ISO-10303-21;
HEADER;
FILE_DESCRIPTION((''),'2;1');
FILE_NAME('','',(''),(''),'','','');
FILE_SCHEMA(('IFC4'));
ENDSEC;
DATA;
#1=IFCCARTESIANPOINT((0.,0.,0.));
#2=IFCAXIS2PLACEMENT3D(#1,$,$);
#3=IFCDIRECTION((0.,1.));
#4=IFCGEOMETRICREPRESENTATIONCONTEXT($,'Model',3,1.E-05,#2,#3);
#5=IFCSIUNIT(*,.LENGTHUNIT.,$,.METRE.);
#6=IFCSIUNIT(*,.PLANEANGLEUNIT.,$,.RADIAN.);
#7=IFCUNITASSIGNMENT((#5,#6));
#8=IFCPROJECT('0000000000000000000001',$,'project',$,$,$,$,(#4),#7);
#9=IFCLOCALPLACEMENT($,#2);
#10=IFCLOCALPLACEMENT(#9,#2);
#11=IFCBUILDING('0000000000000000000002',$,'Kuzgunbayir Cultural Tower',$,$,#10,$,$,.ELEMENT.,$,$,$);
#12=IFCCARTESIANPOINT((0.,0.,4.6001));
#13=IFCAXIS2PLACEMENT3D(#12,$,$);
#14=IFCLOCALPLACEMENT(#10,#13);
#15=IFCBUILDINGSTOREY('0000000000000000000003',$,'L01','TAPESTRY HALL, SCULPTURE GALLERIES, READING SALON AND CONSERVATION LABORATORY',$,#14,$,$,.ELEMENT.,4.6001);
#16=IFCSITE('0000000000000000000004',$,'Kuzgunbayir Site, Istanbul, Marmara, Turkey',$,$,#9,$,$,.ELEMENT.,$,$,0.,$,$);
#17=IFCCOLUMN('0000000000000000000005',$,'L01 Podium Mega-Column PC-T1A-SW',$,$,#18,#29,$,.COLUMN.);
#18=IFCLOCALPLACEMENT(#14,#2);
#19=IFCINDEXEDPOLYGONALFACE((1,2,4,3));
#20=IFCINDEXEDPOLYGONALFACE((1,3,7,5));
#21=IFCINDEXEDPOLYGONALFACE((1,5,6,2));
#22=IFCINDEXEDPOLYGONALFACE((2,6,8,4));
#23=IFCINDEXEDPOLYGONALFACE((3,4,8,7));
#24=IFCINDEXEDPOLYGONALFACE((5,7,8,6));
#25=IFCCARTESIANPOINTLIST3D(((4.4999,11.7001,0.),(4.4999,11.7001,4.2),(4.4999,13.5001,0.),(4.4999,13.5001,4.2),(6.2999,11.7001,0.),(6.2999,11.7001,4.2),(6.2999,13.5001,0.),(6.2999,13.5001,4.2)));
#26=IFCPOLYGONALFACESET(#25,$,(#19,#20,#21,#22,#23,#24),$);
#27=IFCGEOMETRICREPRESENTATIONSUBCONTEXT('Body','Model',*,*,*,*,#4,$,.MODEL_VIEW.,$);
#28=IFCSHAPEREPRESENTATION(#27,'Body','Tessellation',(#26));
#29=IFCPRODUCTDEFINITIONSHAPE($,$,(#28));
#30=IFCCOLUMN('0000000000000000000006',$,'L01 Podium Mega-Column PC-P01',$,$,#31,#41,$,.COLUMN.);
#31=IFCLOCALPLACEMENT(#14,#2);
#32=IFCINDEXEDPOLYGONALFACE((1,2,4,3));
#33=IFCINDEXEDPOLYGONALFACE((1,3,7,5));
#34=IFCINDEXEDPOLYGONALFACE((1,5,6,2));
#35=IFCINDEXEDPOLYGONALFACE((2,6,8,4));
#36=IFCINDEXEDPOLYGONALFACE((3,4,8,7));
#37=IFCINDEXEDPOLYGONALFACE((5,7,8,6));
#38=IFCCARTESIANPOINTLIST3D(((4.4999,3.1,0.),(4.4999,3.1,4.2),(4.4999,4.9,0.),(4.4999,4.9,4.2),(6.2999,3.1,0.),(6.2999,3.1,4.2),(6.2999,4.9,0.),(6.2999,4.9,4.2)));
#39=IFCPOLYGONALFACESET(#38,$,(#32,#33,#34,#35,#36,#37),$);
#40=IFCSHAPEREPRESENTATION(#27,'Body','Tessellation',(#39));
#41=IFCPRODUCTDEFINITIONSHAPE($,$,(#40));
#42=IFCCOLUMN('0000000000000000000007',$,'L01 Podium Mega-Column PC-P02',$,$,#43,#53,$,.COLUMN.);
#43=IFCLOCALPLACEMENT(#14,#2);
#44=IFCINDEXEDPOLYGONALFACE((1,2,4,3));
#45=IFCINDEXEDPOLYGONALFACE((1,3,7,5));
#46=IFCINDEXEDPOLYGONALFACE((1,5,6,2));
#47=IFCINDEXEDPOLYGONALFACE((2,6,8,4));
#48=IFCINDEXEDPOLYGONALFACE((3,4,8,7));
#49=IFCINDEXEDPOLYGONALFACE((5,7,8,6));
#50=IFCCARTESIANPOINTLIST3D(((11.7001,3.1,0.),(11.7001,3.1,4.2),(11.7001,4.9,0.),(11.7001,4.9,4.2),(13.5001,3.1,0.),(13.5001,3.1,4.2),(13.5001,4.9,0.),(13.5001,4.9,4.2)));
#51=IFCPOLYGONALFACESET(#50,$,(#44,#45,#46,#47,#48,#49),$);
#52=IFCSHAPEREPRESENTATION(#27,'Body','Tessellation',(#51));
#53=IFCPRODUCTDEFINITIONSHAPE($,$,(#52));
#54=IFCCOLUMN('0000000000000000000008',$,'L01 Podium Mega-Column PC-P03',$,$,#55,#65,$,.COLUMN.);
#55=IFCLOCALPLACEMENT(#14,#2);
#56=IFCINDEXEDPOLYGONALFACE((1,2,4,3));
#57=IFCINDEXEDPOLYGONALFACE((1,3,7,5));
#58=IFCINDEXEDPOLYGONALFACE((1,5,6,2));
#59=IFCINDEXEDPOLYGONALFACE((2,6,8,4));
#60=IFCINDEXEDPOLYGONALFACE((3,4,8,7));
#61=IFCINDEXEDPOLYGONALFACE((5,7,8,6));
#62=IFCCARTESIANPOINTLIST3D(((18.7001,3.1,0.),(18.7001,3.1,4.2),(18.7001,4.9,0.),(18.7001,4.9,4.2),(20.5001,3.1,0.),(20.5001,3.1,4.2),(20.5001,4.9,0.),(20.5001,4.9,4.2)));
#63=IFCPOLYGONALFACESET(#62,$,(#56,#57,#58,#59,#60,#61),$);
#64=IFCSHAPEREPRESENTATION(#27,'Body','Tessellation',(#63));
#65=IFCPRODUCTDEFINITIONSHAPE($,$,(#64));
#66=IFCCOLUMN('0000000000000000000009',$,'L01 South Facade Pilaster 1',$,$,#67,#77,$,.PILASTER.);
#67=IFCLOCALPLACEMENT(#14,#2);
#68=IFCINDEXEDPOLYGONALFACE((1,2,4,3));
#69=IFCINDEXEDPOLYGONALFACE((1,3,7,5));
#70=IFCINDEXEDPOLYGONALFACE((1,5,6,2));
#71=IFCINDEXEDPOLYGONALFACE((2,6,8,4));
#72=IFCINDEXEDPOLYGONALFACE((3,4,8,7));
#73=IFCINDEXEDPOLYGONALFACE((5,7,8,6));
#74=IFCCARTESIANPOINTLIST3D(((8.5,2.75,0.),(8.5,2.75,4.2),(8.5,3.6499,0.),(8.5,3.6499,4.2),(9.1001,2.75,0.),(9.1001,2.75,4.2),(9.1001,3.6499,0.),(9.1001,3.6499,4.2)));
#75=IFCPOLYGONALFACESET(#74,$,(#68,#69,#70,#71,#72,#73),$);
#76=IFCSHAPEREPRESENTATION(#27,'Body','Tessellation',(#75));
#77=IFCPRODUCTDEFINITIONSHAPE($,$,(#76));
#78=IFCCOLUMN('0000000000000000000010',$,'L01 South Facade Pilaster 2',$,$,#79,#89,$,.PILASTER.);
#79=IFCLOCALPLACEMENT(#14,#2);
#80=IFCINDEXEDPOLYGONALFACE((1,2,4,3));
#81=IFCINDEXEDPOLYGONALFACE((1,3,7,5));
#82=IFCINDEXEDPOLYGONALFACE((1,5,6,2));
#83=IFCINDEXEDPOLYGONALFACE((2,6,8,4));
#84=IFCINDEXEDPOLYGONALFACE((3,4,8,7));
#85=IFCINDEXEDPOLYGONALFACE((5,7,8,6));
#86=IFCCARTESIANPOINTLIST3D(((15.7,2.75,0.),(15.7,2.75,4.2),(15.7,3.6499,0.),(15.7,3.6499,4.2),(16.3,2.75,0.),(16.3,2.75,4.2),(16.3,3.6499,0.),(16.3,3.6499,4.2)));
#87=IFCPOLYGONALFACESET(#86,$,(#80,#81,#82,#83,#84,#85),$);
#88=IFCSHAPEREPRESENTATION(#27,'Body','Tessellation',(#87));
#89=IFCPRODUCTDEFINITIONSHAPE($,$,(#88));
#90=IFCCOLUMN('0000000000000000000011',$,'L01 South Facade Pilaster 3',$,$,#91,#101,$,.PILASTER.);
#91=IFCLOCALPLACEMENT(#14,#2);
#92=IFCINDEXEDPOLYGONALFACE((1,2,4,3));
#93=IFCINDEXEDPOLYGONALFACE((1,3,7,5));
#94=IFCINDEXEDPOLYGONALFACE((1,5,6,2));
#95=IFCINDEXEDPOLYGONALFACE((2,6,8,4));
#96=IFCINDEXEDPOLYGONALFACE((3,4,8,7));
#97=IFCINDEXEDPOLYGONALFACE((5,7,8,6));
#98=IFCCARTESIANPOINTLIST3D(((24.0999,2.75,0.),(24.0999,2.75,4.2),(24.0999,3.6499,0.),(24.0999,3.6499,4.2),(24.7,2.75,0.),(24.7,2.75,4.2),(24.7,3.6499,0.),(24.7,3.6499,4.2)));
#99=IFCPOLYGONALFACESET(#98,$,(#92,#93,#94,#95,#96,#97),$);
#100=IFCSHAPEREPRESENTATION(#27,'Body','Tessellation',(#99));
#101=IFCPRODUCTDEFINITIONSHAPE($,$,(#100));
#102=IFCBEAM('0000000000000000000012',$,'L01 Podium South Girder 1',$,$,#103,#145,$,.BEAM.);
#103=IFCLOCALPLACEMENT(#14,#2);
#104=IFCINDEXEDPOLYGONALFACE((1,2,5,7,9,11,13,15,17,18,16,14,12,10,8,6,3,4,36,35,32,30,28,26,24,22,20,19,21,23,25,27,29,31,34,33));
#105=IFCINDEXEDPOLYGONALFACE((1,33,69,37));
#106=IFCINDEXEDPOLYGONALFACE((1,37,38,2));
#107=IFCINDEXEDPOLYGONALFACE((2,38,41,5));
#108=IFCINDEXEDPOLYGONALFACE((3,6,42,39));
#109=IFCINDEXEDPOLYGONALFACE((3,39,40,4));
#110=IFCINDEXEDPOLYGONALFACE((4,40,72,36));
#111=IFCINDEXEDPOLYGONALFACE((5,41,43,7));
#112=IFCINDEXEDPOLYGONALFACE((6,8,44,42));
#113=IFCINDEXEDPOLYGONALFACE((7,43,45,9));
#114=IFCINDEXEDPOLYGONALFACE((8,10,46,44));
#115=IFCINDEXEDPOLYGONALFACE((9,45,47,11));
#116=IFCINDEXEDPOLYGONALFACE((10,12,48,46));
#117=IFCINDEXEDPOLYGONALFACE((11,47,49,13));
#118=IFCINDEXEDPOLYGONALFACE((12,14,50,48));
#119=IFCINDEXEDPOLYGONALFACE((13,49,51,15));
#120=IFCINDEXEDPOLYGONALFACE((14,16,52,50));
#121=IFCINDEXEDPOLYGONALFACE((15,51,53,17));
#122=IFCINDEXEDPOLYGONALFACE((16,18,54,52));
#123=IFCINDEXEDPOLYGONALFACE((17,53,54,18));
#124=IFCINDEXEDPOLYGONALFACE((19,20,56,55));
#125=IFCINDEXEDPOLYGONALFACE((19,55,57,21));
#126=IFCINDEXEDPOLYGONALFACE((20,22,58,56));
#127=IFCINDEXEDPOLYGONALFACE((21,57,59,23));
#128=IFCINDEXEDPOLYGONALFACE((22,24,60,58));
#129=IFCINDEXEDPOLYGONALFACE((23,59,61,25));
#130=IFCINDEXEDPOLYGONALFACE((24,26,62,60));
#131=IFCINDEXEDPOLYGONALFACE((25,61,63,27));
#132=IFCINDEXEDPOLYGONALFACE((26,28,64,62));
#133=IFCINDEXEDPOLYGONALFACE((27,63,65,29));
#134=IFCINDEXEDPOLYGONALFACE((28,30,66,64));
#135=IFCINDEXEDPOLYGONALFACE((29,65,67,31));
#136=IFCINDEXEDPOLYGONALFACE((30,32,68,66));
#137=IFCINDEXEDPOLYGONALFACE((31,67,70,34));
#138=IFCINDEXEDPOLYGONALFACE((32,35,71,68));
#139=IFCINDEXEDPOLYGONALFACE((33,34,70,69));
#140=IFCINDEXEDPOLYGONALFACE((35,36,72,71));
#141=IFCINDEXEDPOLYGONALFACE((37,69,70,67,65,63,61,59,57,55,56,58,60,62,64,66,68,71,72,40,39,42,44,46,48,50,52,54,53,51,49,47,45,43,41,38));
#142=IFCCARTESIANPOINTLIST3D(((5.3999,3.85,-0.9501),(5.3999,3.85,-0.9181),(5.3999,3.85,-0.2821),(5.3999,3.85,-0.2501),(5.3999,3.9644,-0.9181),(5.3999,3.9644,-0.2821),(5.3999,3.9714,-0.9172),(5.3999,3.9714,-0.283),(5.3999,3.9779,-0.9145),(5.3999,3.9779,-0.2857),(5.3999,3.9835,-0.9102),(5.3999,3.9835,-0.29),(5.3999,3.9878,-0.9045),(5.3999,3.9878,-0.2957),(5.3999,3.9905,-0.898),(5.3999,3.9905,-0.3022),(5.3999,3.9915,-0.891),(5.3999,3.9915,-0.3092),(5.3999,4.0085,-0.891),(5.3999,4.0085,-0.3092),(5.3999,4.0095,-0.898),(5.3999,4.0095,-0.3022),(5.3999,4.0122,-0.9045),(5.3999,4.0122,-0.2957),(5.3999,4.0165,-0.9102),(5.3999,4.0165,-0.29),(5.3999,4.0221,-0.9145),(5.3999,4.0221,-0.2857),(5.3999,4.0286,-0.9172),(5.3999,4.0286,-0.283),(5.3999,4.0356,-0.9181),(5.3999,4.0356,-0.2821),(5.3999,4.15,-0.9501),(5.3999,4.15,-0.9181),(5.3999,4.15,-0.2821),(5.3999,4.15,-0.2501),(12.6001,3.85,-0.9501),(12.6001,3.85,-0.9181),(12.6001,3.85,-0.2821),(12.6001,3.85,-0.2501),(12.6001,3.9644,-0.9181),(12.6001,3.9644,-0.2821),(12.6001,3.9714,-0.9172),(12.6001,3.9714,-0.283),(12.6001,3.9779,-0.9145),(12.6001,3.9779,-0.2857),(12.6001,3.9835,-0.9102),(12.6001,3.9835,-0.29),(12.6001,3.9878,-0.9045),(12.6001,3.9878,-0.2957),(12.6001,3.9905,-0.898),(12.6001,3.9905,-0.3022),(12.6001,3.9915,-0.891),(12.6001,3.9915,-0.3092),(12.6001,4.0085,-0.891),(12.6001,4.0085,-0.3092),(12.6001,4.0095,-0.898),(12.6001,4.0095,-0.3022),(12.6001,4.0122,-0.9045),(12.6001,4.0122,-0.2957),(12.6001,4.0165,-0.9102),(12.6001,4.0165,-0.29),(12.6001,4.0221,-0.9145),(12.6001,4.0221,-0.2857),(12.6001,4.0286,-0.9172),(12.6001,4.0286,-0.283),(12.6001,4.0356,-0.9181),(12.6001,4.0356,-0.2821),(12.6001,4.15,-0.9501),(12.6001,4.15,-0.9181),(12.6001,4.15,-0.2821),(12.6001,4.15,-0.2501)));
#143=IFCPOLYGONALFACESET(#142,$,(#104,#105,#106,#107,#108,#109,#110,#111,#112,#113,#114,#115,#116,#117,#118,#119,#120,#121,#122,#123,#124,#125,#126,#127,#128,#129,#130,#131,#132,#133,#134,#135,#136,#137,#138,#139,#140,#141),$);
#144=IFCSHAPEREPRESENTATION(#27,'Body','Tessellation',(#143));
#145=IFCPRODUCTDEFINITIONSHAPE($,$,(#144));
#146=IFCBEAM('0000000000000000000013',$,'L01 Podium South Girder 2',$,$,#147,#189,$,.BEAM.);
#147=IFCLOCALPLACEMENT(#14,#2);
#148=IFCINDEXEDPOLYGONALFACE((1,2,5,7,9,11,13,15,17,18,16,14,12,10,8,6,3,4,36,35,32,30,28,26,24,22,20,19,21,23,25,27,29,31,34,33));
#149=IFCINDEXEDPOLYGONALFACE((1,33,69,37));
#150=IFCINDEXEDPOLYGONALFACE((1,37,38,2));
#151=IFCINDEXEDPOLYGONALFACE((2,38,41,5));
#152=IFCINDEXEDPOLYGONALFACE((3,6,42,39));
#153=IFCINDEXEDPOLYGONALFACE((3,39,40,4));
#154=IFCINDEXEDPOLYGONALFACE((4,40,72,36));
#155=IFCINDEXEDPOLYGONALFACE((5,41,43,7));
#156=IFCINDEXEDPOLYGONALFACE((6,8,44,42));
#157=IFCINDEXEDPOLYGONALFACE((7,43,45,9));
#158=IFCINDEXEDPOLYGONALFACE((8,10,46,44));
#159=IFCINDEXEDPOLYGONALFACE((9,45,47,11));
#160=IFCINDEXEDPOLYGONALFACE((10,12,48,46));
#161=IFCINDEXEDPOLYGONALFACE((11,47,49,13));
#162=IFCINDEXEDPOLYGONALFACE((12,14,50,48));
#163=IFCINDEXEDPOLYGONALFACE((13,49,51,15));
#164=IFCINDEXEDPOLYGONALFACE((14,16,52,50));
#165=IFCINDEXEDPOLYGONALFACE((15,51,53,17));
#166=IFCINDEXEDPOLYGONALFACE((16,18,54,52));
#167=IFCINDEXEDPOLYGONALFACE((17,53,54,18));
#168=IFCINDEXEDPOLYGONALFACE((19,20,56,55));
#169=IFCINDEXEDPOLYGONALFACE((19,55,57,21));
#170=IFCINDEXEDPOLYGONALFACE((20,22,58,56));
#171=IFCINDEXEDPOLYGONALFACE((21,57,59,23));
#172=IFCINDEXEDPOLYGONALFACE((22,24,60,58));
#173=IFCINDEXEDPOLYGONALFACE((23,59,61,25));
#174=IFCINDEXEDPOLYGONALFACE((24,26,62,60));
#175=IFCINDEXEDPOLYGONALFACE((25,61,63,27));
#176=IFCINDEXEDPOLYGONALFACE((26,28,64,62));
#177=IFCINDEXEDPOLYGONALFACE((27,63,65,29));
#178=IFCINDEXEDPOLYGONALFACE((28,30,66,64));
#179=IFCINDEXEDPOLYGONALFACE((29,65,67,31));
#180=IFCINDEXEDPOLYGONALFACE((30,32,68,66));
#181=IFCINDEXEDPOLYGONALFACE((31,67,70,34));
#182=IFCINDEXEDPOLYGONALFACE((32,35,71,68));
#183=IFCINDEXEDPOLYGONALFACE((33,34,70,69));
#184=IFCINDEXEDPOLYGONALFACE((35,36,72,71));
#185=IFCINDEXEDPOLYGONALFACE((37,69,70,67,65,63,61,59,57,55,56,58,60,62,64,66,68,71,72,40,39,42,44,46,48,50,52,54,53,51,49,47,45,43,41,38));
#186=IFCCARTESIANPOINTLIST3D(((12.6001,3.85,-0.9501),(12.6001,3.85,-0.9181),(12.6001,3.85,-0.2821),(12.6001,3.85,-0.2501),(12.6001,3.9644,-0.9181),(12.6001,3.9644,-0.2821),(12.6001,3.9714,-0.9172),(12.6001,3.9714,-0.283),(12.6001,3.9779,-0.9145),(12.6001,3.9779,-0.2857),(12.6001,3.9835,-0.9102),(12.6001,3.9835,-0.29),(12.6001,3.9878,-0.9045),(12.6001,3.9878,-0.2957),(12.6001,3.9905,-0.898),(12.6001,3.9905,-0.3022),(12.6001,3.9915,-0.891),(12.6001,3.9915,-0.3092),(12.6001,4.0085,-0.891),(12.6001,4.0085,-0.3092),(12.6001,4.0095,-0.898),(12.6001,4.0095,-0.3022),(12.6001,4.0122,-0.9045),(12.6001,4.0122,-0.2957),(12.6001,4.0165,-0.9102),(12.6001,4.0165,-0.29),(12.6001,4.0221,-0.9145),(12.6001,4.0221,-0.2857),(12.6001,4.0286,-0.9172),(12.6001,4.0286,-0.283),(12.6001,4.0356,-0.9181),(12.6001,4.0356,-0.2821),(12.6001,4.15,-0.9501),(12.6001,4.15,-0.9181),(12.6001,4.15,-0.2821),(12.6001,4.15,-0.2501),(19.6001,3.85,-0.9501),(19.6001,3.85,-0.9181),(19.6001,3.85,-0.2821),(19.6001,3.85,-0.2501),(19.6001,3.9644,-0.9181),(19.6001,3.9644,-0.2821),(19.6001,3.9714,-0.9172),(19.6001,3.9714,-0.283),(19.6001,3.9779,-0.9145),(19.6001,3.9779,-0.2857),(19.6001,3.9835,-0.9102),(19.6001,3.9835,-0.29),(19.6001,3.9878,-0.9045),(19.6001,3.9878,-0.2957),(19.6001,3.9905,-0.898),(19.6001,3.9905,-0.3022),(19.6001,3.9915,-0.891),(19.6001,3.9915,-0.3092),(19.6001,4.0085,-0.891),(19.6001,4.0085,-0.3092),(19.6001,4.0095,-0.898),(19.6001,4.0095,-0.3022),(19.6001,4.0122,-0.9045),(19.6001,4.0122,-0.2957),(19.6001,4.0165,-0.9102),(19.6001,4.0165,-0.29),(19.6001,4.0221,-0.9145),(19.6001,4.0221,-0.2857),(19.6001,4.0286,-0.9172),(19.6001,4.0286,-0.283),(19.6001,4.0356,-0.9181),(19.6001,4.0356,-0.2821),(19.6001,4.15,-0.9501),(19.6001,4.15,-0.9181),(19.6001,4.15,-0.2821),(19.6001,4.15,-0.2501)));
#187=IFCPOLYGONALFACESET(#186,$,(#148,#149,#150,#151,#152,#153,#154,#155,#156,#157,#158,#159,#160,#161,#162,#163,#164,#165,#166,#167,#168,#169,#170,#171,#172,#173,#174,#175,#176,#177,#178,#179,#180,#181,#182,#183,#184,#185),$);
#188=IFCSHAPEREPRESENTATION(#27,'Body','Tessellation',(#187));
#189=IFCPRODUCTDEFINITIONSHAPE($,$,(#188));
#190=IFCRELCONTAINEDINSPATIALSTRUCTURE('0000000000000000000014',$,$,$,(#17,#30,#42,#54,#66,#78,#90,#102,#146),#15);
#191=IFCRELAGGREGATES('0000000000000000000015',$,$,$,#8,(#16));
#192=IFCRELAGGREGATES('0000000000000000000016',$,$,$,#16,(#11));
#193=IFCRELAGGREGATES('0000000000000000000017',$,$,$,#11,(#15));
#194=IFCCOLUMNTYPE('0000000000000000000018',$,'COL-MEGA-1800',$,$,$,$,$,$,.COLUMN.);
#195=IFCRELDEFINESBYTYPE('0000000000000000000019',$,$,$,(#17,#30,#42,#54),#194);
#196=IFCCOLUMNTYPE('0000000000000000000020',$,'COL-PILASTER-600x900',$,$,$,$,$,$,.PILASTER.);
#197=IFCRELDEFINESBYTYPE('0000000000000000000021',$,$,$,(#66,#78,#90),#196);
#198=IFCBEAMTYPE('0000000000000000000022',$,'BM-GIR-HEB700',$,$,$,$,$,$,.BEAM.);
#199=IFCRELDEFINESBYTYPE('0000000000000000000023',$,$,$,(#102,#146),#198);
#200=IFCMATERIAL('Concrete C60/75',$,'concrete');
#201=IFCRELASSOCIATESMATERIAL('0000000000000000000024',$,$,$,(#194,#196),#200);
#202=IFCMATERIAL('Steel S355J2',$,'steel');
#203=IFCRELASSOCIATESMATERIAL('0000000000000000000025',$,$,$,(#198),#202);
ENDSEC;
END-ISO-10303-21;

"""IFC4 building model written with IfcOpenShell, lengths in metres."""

from ifc_helpers import new_model, si_unit, direction, frame, origin, origin_2d, place, context, subcontext, project, spatial, rectangle, i_section, extrude, material, material_profile, profile_set, type_object, element, save


model = new_model("IFC4")

# Units and contexts
model_context = context("Model", 3, precision=1e-05, world=origin(), true_north=direction((0.0, 1.0)))
body_context = subcontext(model_context, "Body", "Model", "MODEL_VIEW")
ifc_project = project(units=[si_unit("LENGTHUNIT", "METRE"), si_unit("PLANEANGLEUNIT", "RADIAN")], contexts=[model_context])

# Site, building, storey
site_placement = place(None, origin())
site = spatial("IfcSite", under=ifc_project, at=site_placement, Name="Kuzgunbayir Site, Istanbul, Marmara, Turkey", CompositionType="ELEMENT", RefElevation=0.0)
building_placement = place(site_placement, origin())
building = spatial("IfcBuilding", under=site, at=building_placement, Name="Kuzgunbayir Cultural Tower", CompositionType="ELEMENT")
storey_placement = place(building_placement, frame((0.0, 0.0, 4.6001)))
storey = spatial("IfcBuildingStorey", under=building, at=storey_placement, Name="L01", Description="TAPESTRY HALL, SCULPTURE GALLERIES, READING SALON AND CONSERVATION LABORATORY", CompositionType="ELEMENT", Elevation=4.6001)

# Columns
ifc_material_1 = material(Name="Concrete C60/75", Category="concrete")
ifc_material_profile_1 = material_profile(ifc_material_1, rectangle(XDim=1.8, YDim=1.8, at=origin_2d()), Name="RC 1800x1800")
ifc_profile_set_1 = profile_set([ifc_material_profile_1], Name="Concrete C60/75")
column_type_1 = type_object("IfcColumnType", Name="COL-MEGA-1800", PredefinedType="COLUMN", material=ifc_profile_set_1)
for number, where, z_axis, x_axis, name in (
    (1, (5.3999, 12.6001, 0.0), (0.0, 0.0, 1.0), (1.0, 0.0, 0.0), "L01 Podium Mega-Column PC-T1A-SW"),
    (2, (5.3999, 4.0, 0.0), (0.0, 0.0, 1.0), (1.0, 0.0, 0.0), "L01 Podium Mega-Column PC-P01"),
    (3, (12.6001, 4.0, 0.0), (0.0, 0.0, 1.0), (1.0, 0.0, 0.0), "L01 Podium Mega-Column PC-P02"),
    (4, (19.6001, 4.0, 0.0), (0.0, 0.0, 1.0), (1.0, 0.0, 0.0), "L01 Podium Mega-Column PC-P03"),
):
    element("IfcColumn", number, at=place(storey_placement, frame(where, z_axis=z_axis, x_axis=x_axis)), inside=storey, type_object=column_type_1, Name=name, PredefinedType="COLUMN", context=body_context, shape_type="SweptSolid", body=[
        extrude(rectangle(XDim=1.8, YDim=1.8, at=origin_2d()), origin(), (0.0, 0.0, 1.0), 4.2),
    ])
ifc_material_profile_2 = material_profile(ifc_material_1, rectangle(XDim=0.6001, YDim=0.8999, at=origin_2d()), Name="RC 600x900")
ifc_profile_set_2 = profile_set([ifc_material_profile_2], Name="Concrete C60/75")
column_type_2 = type_object("IfcColumnType", Name="COL-PILASTER-600x900", PredefinedType="PILASTER", material=ifc_profile_set_2)
for number, where, z_axis, x_axis, name in (
    (5, (8.8, 3.2, 0.0), (0.0, 0.0, 1.0), (1.0, 0.0, 0.0), "L01 South Facade Pilaster 1"),
    (6, (16.0, 3.2, 0.0), (0.0, 0.0, 1.0), (1.0, 0.0, 0.0), "L01 South Facade Pilaster 2"),
    (7, (24.3999, 3.2, 0.0), (0.0, 0.0, 1.0), (1.0, 0.0, 0.0), "L01 South Facade Pilaster 3"),
):
    element("IfcColumn", number, at=place(storey_placement, frame(where, z_axis=z_axis, x_axis=x_axis)), inside=storey, type_object=column_type_2, Name=name, PredefinedType="PILASTER", context=body_context, shape_type="SweptSolid", body=[
        extrude(rectangle(XDim=0.6001, YDim=0.8999, at=origin_2d()), origin(), (0.0, 0.0, 1.0), 4.2),
    ])

# Beams
ifc_material_2 = material(Name="Steel S355J2", Category="steel")
ifc_material_profile_3 = material_profile(ifc_material_2, i_section(OverallWidth=0.3, OverallDepth=0.7, WebThickness=0.0171, FlangeThickness=0.032, FilletRadius=0.0271, at=origin_2d()), Name="HEB 700")
ifc_profile_set_3 = profile_set([ifc_material_profile_3], Name="Steel S355J2")
beam_type_1 = type_object("IfcBeamType", Name="BM-GIR-HEB700", PredefinedType="BEAM", material=ifc_profile_set_3)
beam_1_placement = place(storey_placement, frame((5.3999, 4.0, -0.6001), z_axis=(1.0, 0.0, 0.0), x_axis=(0.0, 1.0, 0.0)))
element("IfcBeam", 8, at=beam_1_placement, inside=storey, type_object=beam_type_1, Name="L01 Podium South Girder 1", PredefinedType="BEAM", context=body_context, shape_type="SweptSolid", body=[
    extrude(i_section(OverallWidth=0.3, OverallDepth=0.7, WebThickness=0.0171, FlangeThickness=0.032, FilletRadius=0.0271, at=origin_2d()), origin(), (0.0, 0.0, 1.0), 7.2002),
])
beam_2_placement = place(storey_placement, frame((12.6001, 4.0, -0.6001), z_axis=(1.0, 0.0, 0.0), x_axis=(0.0, 1.0, 0.0)))
element("IfcBeam", 9, at=beam_2_placement, inside=storey, type_object=beam_type_1, Name="L01 Podium South Girder 2", PredefinedType="BEAM", context=body_context, shape_type="SweptSolid", body=[
    extrude(i_section(OverallWidth=0.3, OverallDepth=0.7, WebThickness=0.0171, FlangeThickness=0.032, FilletRadius=0.0271, at=origin_2d()), origin(), (0.0, 0.0, 1.0), 7.0),
])

save(model, "model.ifc")
